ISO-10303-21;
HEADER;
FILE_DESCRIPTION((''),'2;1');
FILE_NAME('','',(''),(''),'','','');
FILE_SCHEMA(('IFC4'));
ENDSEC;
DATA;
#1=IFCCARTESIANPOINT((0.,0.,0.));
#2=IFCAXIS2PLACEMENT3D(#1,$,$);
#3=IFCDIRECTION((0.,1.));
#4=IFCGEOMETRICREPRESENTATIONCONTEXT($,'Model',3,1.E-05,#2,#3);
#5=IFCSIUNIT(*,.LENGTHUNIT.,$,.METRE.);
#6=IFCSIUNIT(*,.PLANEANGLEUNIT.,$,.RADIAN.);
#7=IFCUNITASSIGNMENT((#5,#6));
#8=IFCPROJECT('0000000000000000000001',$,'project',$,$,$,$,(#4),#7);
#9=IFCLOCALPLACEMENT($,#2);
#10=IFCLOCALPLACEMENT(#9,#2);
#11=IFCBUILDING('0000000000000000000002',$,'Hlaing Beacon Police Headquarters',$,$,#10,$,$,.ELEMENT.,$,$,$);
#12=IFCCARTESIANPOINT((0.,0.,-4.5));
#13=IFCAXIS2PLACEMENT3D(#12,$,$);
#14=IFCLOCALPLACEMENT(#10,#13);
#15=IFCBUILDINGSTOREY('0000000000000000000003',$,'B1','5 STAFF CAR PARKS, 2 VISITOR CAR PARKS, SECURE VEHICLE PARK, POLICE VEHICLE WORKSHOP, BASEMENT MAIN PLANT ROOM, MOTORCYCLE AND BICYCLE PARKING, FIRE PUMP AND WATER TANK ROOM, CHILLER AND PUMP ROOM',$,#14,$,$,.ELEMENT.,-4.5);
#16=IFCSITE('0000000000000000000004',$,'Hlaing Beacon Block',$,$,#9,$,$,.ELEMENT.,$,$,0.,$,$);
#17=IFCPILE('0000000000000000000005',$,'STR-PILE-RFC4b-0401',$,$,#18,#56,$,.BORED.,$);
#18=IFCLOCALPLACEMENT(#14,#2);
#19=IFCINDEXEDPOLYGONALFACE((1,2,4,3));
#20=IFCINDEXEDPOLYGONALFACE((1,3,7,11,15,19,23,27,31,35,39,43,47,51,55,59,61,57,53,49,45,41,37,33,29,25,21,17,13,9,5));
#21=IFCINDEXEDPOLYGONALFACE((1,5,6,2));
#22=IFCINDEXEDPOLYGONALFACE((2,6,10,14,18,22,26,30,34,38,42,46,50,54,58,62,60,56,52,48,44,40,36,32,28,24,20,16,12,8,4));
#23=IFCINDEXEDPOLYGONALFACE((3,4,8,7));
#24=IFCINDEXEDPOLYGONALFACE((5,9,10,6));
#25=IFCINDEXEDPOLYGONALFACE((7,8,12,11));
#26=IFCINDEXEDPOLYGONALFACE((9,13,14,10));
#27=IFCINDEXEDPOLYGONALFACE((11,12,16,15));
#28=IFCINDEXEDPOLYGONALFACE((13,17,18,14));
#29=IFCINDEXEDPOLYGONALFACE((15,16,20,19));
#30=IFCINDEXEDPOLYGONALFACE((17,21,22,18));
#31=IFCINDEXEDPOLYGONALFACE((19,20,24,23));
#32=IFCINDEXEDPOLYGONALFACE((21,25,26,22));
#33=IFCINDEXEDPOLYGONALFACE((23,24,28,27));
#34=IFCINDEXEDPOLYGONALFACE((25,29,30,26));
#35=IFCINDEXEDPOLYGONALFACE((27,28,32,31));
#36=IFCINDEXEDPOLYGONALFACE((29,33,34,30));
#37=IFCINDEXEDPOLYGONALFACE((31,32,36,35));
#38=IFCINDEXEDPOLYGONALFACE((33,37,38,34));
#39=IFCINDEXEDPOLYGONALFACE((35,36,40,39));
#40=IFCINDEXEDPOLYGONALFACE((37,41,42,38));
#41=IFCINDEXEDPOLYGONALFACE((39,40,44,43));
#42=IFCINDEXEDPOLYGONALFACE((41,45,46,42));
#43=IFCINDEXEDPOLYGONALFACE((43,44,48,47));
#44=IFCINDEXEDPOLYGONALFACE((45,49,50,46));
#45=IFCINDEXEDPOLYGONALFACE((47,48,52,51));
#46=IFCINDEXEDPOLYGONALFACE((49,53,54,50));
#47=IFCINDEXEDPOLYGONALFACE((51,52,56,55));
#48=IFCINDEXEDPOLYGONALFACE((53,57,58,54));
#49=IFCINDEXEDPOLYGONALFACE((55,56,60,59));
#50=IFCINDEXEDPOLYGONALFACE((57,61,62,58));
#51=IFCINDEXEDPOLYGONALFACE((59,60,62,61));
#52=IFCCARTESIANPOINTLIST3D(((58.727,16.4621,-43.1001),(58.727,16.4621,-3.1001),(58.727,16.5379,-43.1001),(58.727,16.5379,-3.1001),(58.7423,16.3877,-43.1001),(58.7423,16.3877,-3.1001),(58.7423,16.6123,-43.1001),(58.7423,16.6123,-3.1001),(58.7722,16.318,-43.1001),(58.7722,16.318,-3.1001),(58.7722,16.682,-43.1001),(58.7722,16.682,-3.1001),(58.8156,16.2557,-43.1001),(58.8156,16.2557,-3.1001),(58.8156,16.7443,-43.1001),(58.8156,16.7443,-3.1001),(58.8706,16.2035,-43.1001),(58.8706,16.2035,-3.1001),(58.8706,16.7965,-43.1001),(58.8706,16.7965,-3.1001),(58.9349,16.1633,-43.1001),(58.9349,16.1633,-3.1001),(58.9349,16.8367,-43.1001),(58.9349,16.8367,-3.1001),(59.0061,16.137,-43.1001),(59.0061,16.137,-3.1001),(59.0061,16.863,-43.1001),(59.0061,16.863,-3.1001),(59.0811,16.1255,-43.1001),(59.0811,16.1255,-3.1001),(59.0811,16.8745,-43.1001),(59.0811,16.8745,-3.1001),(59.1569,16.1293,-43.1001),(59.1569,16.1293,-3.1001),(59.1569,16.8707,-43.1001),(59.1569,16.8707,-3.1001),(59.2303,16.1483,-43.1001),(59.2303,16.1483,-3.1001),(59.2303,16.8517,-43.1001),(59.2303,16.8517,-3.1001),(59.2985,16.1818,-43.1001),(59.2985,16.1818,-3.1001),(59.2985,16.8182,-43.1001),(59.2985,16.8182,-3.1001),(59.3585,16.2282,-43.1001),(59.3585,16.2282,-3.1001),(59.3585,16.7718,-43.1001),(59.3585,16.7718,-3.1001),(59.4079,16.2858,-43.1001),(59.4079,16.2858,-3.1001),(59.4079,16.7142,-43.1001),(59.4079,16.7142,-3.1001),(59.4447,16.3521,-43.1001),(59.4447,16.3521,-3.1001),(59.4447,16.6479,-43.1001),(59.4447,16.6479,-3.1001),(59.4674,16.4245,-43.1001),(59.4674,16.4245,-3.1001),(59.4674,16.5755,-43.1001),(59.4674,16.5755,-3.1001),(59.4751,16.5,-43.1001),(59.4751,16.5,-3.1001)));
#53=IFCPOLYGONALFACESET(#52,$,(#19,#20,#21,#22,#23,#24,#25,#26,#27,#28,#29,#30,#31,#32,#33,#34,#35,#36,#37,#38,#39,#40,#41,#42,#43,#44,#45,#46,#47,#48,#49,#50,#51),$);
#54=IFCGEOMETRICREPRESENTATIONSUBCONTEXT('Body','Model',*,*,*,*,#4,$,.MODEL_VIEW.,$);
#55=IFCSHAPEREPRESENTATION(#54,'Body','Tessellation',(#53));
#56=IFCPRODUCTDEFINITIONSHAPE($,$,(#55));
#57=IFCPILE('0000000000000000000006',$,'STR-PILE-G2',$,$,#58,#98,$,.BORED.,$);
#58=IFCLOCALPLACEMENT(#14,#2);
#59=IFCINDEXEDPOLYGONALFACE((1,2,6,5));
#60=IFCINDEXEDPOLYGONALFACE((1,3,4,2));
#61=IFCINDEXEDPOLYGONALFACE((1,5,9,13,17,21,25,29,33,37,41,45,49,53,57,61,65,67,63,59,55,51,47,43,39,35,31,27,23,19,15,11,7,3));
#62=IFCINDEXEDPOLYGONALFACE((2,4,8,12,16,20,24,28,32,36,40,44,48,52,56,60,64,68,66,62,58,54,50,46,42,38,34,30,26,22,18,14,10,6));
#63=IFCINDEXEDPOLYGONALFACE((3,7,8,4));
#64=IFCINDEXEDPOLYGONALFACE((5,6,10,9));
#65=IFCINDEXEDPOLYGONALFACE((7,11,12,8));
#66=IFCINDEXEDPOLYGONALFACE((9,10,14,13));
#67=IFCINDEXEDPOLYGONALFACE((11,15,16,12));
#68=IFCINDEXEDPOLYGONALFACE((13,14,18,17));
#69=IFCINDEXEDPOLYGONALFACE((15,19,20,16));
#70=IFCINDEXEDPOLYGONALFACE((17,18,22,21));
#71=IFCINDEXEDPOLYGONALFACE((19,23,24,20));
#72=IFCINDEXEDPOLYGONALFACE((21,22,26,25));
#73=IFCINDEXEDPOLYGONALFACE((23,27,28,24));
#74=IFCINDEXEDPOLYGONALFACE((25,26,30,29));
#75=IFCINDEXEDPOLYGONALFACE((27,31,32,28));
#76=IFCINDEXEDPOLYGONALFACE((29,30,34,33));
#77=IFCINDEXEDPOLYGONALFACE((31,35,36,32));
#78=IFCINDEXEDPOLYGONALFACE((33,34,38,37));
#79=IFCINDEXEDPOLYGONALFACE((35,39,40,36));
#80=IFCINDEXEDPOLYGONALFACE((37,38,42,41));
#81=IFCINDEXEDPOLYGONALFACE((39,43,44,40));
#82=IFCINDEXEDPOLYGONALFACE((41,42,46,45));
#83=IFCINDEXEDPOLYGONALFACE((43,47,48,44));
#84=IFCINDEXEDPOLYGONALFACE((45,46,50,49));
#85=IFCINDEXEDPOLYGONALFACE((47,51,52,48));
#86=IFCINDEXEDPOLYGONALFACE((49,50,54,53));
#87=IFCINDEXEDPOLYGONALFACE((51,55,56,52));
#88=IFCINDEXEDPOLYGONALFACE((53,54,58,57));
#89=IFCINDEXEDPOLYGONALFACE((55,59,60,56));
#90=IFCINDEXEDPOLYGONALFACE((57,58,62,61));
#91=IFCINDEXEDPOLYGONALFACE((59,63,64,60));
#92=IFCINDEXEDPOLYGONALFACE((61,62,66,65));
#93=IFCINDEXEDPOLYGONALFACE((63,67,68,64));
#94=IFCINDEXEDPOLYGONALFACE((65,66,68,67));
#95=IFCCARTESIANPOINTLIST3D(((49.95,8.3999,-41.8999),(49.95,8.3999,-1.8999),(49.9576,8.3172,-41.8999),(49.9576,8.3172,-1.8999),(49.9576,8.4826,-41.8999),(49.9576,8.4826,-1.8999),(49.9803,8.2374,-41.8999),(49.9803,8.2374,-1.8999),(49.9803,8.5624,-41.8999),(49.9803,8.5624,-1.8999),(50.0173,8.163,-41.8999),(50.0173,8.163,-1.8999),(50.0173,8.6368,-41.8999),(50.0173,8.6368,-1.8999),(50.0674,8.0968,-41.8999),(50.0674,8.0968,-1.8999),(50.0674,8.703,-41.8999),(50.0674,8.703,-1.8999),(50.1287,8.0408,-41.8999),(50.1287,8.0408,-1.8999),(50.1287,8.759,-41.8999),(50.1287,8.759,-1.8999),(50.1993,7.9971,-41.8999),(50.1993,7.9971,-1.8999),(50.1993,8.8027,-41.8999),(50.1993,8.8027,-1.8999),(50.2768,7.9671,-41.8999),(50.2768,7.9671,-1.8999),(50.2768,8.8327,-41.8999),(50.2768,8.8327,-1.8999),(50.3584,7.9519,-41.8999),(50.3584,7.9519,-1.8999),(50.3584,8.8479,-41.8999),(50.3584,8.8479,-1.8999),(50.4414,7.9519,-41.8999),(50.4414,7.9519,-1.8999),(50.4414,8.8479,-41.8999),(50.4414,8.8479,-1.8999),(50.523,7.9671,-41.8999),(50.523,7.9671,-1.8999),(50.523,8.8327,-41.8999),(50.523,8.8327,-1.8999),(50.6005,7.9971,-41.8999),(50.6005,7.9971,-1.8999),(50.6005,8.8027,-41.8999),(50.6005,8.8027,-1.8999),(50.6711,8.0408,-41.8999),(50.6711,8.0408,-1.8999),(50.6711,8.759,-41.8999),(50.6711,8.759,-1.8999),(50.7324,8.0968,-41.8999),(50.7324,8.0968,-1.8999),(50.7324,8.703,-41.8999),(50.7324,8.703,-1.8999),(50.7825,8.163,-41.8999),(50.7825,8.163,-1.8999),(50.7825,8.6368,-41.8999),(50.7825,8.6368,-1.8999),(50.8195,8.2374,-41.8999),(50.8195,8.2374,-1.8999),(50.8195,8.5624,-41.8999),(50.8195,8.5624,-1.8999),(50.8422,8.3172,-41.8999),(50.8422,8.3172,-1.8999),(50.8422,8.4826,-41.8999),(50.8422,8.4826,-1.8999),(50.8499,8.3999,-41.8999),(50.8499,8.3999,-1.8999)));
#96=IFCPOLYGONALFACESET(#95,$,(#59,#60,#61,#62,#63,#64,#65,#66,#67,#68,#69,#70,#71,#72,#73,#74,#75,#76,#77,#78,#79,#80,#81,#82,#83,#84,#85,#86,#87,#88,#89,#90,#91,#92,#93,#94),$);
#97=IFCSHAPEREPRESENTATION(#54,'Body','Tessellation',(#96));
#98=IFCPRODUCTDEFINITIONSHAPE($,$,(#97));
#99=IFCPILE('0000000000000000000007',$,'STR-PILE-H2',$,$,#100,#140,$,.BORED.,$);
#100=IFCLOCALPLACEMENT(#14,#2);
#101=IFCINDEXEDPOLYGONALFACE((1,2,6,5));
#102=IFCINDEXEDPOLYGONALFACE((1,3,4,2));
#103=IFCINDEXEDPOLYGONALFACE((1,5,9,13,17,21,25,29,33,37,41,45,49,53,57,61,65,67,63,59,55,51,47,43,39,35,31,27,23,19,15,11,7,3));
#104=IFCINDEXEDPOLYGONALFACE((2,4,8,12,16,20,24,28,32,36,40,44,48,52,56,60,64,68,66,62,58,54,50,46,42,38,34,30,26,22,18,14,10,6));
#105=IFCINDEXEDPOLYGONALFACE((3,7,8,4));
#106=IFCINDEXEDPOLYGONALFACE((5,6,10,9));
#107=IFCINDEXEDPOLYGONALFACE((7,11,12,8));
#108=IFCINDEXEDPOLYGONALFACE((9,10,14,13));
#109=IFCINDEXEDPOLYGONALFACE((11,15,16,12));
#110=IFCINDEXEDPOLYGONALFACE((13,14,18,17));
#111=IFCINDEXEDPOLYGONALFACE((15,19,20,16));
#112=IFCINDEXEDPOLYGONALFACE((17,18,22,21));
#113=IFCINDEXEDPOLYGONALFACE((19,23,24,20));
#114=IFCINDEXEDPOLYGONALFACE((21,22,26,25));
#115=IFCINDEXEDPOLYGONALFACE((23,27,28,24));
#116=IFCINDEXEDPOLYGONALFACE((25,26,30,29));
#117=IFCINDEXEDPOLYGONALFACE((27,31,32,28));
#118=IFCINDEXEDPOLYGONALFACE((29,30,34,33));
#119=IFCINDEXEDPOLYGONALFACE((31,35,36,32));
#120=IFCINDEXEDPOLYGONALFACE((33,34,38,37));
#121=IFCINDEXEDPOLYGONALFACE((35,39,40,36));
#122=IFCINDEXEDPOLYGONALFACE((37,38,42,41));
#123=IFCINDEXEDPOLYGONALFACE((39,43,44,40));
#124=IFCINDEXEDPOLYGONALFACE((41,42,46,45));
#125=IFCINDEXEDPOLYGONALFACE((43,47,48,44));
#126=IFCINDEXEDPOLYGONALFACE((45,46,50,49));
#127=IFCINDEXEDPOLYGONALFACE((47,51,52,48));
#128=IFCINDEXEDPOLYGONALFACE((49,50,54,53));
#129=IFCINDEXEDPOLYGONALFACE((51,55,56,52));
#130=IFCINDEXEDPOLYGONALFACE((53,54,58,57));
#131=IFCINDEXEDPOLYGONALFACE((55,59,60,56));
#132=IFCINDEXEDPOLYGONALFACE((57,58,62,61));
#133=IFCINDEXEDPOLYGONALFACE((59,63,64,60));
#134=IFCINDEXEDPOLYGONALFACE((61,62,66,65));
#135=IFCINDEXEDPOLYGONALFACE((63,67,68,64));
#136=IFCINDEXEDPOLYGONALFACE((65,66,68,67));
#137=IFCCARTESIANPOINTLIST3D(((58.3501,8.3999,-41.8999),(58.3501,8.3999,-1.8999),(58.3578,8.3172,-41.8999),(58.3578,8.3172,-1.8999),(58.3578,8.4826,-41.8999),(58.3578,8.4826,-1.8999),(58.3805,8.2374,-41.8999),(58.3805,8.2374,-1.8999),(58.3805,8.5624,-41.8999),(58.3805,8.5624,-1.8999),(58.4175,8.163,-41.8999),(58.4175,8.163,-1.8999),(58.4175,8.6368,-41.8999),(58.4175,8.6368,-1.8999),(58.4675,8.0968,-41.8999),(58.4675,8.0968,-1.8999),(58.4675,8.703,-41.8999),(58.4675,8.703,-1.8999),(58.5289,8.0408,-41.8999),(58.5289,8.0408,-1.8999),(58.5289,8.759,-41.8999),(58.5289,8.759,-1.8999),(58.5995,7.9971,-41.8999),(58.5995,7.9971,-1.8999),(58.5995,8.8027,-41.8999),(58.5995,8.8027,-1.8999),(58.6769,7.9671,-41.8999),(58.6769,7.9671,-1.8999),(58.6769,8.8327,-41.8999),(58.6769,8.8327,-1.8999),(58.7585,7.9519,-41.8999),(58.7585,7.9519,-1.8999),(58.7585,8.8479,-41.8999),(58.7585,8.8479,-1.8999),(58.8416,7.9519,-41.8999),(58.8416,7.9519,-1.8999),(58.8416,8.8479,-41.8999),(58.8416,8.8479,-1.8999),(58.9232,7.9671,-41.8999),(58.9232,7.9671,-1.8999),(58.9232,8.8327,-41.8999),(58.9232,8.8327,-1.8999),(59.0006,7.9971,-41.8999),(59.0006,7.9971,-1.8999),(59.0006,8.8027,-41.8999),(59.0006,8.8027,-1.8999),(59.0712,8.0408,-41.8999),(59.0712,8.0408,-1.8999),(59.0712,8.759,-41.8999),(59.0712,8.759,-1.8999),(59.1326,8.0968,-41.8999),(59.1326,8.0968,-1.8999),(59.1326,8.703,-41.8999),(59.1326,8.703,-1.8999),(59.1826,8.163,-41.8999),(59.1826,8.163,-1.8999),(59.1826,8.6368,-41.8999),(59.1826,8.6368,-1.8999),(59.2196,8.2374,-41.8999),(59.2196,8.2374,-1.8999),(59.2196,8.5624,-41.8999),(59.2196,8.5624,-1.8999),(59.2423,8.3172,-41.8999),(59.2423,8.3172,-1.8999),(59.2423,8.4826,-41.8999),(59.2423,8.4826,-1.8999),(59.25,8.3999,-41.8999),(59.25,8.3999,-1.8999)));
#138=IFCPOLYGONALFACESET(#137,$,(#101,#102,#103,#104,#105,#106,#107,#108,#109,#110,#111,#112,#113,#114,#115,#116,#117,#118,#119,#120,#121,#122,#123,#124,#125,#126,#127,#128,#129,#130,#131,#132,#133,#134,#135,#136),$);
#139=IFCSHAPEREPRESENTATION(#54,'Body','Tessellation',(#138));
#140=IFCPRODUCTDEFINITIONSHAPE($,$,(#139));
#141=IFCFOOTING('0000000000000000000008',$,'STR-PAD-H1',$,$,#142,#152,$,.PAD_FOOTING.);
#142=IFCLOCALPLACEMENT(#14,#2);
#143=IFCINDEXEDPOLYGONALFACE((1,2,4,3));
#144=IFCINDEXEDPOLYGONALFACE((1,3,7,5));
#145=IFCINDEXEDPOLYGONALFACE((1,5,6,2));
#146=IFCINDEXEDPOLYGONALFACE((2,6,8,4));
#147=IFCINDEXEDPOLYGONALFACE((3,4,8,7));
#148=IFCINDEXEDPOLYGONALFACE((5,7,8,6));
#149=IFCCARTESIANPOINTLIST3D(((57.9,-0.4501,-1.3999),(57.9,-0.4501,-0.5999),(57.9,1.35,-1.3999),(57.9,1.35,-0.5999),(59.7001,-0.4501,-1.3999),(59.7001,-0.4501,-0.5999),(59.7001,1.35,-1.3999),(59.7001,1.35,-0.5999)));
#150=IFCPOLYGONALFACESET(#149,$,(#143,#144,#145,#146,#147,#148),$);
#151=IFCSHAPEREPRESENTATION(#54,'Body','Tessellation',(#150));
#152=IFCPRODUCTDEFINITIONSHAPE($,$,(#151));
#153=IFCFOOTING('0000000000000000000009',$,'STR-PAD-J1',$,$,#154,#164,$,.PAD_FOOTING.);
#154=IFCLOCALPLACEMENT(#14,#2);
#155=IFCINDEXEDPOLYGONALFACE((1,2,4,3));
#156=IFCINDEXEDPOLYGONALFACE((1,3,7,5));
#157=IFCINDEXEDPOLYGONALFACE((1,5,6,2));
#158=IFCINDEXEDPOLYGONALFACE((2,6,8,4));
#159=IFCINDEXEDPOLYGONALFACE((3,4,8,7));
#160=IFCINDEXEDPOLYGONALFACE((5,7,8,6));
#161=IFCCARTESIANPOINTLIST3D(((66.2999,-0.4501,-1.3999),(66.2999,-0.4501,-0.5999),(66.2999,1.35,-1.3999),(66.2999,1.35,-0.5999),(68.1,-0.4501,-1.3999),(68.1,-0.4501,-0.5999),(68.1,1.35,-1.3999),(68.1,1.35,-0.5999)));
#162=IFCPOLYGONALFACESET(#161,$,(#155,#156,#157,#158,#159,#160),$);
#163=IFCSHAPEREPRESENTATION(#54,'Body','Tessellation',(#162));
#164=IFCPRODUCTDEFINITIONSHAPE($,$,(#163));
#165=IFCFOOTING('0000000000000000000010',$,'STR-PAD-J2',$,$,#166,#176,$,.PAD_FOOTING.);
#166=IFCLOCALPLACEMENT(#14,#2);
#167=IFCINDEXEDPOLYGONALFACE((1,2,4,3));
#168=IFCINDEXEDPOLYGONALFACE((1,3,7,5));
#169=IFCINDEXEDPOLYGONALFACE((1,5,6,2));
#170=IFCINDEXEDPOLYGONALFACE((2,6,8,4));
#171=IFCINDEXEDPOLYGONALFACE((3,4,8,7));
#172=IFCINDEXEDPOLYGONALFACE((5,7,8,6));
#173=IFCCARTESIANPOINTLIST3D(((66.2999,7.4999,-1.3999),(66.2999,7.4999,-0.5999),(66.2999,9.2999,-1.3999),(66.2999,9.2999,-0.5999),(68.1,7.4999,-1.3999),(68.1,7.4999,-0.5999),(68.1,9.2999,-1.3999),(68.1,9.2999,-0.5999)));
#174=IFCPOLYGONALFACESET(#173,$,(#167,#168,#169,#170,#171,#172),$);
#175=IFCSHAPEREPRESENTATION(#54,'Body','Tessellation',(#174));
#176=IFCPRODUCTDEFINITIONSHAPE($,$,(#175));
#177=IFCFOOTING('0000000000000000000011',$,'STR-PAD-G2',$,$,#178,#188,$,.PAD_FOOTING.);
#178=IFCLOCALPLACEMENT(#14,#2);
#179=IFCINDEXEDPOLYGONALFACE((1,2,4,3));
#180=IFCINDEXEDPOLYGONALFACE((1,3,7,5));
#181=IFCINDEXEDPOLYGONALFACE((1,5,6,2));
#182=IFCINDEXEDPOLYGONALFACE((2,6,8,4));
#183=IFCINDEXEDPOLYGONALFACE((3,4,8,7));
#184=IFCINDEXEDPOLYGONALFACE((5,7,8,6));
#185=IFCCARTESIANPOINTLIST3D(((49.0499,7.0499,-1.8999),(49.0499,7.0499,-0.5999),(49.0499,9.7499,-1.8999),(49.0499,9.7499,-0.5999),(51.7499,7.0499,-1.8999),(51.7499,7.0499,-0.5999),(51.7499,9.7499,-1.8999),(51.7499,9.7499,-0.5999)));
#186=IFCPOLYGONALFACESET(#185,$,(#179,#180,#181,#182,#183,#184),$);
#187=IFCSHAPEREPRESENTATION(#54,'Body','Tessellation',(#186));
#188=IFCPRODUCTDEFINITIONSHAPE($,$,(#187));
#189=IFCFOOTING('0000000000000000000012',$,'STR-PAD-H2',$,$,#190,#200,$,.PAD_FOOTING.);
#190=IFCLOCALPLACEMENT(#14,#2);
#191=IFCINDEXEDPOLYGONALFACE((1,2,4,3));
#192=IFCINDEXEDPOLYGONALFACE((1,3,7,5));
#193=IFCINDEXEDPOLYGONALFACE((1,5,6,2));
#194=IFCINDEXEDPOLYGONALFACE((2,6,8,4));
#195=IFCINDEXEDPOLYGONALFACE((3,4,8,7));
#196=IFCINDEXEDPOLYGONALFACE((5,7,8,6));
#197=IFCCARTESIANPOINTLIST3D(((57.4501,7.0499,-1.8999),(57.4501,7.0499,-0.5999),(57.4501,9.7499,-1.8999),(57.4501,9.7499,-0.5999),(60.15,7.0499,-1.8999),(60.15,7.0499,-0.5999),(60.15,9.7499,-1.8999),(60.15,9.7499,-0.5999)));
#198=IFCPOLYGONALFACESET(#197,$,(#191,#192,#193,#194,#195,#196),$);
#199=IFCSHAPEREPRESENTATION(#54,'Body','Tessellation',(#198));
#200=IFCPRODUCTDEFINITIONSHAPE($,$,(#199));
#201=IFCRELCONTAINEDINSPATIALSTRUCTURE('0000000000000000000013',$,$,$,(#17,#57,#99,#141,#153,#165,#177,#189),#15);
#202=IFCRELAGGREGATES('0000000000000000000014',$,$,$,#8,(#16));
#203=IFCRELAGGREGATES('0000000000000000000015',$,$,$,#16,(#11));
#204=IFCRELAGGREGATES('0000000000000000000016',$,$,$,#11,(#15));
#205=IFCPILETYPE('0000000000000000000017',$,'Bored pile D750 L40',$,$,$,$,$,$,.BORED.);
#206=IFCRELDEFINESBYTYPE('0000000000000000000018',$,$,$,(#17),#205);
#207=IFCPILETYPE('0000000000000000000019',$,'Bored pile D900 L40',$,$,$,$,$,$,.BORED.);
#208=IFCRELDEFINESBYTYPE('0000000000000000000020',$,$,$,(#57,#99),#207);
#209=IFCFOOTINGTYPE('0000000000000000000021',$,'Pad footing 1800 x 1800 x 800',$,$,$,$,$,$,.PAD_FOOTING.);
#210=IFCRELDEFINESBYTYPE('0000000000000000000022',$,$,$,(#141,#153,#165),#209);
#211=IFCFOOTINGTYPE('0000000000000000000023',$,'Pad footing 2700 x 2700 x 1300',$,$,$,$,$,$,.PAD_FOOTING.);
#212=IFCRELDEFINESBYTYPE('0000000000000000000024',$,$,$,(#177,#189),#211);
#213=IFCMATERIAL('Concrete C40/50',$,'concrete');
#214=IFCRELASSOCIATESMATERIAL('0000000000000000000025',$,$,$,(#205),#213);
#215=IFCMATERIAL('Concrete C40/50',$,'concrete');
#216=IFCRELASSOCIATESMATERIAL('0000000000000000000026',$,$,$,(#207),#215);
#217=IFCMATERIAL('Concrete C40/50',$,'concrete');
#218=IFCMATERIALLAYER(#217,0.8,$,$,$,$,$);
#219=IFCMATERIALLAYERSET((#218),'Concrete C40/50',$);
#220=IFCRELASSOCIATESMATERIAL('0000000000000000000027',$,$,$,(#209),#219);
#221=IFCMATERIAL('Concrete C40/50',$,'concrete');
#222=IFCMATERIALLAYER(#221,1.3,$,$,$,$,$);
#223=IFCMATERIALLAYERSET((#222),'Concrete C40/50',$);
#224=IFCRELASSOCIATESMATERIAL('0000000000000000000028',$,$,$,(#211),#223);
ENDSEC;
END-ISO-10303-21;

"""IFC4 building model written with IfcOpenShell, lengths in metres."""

from ifc_helpers import new_model, si_unit, direction, frame, origin, origin_2d, place, context, subcontext, project, spatial, rectangle, circle, extrude, material, layer, layer_set, material_profile, profile_set, type_object, element, save


model = new_model("IFC4")

# Units and contexts
model_context = context("Model", 3, precision=1e-05, world=origin(), true_north=direction((0.0, 1.0)))
body_context = subcontext(model_context, "Body", "Model", "MODEL_VIEW")
ifc_project = project(units=[si_unit("LENGTHUNIT", "METRE"), si_unit("PLANEANGLEUNIT", "RADIAN")], contexts=[model_context])

# Site, building, storey
site_placement = place(None, origin())
site = spatial("IfcSite", under=ifc_project, at=site_placement, Name="Hlaing Beacon Block", CompositionType="ELEMENT", RefElevation=0.0)
building_placement = place(site_placement, origin())
building = spatial("IfcBuilding", under=site, at=building_placement, Name="Hlaing Beacon Police Headquarters", CompositionType="ELEMENT")
storey_placement = place(building_placement, frame((0.0, 0.0, -4.5)))
storey = spatial("IfcBuildingStorey", under=building, at=storey_placement, Name="B1", Description="5 STAFF CAR PARKS, 2 VISITOR CAR PARKS, SECURE VEHICLE PARK, POLICE VEHICLE WORKSHOP, BASEMENT MAIN PLANT ROOM, MOTORCYCLE AND BICYCLE PARKING, FIRE PUMP AND WATER TANK ROOM, CHILLER AND PUMP ROOM", CompositionType="ELEMENT", Elevation=-4.5)

# Piles
ifc_material_1 = material(Name="Concrete C40/50", Category="concrete")
ifc_material_profile_1 = material_profile(ifc_material_1, circle(Radius=0.375, at=origin_2d()), Name="D750")
ifc_profile_set_1 = profile_set([ifc_material_profile_1], Name="Concrete C40/50")
pile_type_1 = type_object("IfcPileType", Name="Bored pile D750 L40", PredefinedType="BORED", material=ifc_profile_set_1)
for number, where, z_axis, x_axis, name in (
    (1, (59.1001, 16.5, -3.1001), (0.0, 0.0, -1.0), (1.0, 0.0, 0.0), "STR-PILE-RFC4b-0401"),
):
    element("IfcPile", number, at=place(storey_placement, frame(where, z_axis=z_axis, x_axis=x_axis)), inside=storey, type_object=pile_type_1, Name=name, PredefinedType="BORED", context=body_context, shape_type="SweptSolid", body=[
        extrude(circle(Radius=0.375, at=origin_2d()), origin(), (0.0, 0.0, 1.0), 40.0),
    ])
ifc_material_2 = material(Name="Concrete C40/50", Category="concrete")
ifc_material_profile_2 = material_profile(ifc_material_2, circle(Radius=0.45, at=origin_2d()), Name="D900")
ifc_profile_set_2 = profile_set([ifc_material_profile_2], Name="Concrete C40/50")
pile_type_2 = type_object("IfcPileType", Name="Bored pile D900 L40", PredefinedType="BORED", material=ifc_profile_set_2)
for number, where, z_axis, x_axis, name in (
    (2, (50.3999, 8.3999, -1.8999), (0.0, 0.0, -1.0), (1.0, 0.0, 0.0), "STR-PILE-G2"),
    (3, (58.8, 8.3999, -1.8999), (0.0, 0.0, -1.0), (1.0, 0.0, 0.0), "STR-PILE-H2"),
):
    element("IfcPile", number, at=place(storey_placement, frame(where, z_axis=z_axis, x_axis=x_axis)), inside=storey, type_object=pile_type_2, Name=name, PredefinedType="BORED", context=body_context, shape_type="SweptSolid", body=[
        extrude(circle(Radius=0.45, at=origin_2d()), origin(), (0.0, 0.0, 1.0), 40.0),
    ])

# Footings
ifc_material_3 = material(Name="Concrete C40/50", Category="concrete")
ifc_layer_1 = layer(ifc_material_3, 0.8)
ifc_layer_set_1 = layer_set([ifc_layer_1], Name="Concrete C40/50")
footing_type_1 = type_object("IfcFootingType", Name="Pad footing 1800 x 1800 x 800", PredefinedType="PAD_FOOTING", material=ifc_layer_set_1)
for number, where, z_axis, x_axis, name in (
    (4, (58.8, 0.45, -1.3999), (0.0, 0.0, 1.0), (1.0, 0.0, 0.0), "STR-PAD-H1"),
    (5, (67.2, 0.45, -1.3999), (0.0, 0.0, 1.0), (1.0, 0.0, 0.0), "STR-PAD-J1"),
    (6, (67.2, 8.3999, -1.3999), (0.0, 0.0, 1.0), (1.0, 0.0, 0.0), "STR-PAD-J2"),
):
    element("IfcFooting", number, at=place(storey_placement, frame(where, z_axis=z_axis, x_axis=x_axis)), inside=storey, type_object=footing_type_1, Name=name, PredefinedType="PAD_FOOTING", context=body_context, shape_type="SweptSolid", body=[
        extrude(rectangle(XDim=1.8, YDim=1.8, at=origin_2d()), origin(), (0.0, 0.0, 1.0), 0.8),
    ])
ifc_material_4 = material(Name="Concrete C40/50", Category="concrete")
ifc_layer_2 = layer(ifc_material_4, 1.3)
ifc_layer_set_2 = layer_set([ifc_layer_2], Name="Concrete C40/50")
footing_type_2 = type_object("IfcFootingType", Name="Pad footing 2700 x 2700 x 1300", PredefinedType="PAD_FOOTING", material=ifc_layer_set_2)
for number, where, z_axis, x_axis, name in (
    (7, (50.3999, 8.3999, -1.8999), (0.0, 0.0, 1.0), (1.0, 0.0, 0.0), "STR-PAD-G2"),
    (8, (58.8, 8.3999, -1.8999), (0.0, 0.0, 1.0), (1.0, 0.0, 0.0), "STR-PAD-H2"),
):
    element("IfcFooting", number, at=place(storey_placement, frame(where, z_axis=z_axis, x_axis=x_axis)), inside=storey, type_object=footing_type_2, Name=name, PredefinedType="PAD_FOOTING", context=body_context, shape_type="SweptSolid", body=[
        extrude(rectangle(XDim=2.7, YDim=2.7, at=origin_2d()), origin(), (0.0, 0.0, 1.0), 1.3),
    ])

save(model, "model.ifc")
